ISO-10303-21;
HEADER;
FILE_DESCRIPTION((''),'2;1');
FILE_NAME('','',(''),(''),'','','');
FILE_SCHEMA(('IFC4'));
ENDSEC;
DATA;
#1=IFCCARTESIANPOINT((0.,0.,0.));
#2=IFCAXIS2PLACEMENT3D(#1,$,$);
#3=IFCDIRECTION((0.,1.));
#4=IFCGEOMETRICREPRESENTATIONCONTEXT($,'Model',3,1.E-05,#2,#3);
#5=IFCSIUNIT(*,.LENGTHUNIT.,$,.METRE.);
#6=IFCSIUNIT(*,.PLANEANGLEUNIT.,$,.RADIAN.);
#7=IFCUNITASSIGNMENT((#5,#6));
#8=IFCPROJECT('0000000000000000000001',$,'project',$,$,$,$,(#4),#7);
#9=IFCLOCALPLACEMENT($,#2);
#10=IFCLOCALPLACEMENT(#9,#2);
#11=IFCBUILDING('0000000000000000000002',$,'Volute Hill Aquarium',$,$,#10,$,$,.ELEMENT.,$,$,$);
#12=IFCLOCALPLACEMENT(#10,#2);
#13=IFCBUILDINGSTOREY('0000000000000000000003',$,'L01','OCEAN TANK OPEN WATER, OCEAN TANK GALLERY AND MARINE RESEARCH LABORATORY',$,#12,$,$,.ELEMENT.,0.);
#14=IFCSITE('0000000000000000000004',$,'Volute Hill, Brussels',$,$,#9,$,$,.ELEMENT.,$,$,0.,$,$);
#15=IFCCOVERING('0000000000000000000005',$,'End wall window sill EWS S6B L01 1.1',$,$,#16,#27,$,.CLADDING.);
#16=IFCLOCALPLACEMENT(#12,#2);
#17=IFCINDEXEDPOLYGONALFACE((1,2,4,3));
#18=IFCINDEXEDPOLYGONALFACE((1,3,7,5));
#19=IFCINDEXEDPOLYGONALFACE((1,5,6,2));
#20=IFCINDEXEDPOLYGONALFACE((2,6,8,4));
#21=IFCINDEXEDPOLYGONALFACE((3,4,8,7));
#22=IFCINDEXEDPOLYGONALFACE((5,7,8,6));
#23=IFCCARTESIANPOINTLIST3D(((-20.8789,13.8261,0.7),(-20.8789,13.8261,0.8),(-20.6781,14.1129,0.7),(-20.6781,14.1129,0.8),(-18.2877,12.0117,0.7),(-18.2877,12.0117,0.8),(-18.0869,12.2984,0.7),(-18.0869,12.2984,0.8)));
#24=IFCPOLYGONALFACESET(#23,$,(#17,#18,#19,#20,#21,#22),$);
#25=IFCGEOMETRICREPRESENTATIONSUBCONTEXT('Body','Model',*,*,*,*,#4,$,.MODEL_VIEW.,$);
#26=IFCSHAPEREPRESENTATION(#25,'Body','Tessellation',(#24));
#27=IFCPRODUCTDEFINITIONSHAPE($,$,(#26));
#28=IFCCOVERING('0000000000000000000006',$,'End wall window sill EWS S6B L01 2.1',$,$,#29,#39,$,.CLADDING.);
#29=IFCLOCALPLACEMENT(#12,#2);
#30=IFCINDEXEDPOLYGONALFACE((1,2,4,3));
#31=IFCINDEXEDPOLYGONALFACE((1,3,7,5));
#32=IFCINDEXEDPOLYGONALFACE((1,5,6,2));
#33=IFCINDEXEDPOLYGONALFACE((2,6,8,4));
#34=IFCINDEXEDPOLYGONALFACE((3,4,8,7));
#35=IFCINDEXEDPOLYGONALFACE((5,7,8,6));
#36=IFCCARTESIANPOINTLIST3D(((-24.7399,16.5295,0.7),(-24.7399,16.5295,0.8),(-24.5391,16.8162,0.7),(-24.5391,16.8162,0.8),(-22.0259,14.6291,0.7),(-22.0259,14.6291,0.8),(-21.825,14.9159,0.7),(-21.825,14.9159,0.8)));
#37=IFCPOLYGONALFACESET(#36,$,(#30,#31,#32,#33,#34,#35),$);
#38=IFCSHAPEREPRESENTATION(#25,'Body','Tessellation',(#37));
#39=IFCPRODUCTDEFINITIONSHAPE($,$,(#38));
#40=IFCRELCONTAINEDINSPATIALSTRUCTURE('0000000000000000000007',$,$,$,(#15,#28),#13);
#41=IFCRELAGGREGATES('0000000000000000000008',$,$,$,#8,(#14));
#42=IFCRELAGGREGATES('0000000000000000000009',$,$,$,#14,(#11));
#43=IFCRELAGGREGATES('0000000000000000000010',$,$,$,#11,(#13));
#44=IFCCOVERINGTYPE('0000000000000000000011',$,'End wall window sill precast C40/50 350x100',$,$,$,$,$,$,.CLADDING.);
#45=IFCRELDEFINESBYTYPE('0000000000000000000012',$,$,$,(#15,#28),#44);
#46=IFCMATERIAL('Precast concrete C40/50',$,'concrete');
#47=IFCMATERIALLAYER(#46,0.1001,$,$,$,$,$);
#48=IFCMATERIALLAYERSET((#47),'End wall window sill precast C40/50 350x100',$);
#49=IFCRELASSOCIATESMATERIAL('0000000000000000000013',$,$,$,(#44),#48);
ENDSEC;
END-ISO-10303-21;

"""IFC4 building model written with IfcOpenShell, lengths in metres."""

from ifc_helpers import new_model, si_unit, direction, frame, origin, origin_2d, place, context, subcontext, project, spatial, rectangle, extrude, material, layer, layer_set, type_object, element, save


model = new_model("IFC4")

# Units and contexts
model_context = context("Model", 3, precision=1e-05, world=origin(), true_north=direction((0.0, 1.0)))
body_context = subcontext(model_context, "Body", "Model", "MODEL_VIEW")
ifc_project = project(units=[si_unit("LENGTHUNIT", "METRE"), si_unit("PLANEANGLEUNIT", "RADIAN")], contexts=[model_context])

# Site, building, storey
site_placement = place(None, origin())
site = spatial("IfcSite", under=ifc_project, at=site_placement, Name="Volute Hill, Brussels", CompositionType="ELEMENT", RefElevation=0.0)
building_placement = place(site_placement, origin())
building = spatial("IfcBuilding", under=site, at=building_placement, Name="Volute Hill Aquarium", CompositionType="ELEMENT")
storey_placement = place(building_placement, origin())
storey = spatial("IfcBuildingStorey", under=building, at=storey_placement, Name="L01", Description="OCEAN TANK OPEN WATER, OCEAN TANK GALLERY AND MARINE RESEARCH LABORATORY", CompositionType="ELEMENT", Elevation=0.0)

# Coverings
ifc_material_1 = material(Name="Precast concrete C40/50", Category="concrete")
ifc_layer_1 = layer(ifc_material_1, 0.1001)
ifc_layer_set_1 = layer_set([ifc_layer_1], Name="End wall window sill precast C40/50 350x100")
covering_type_1 = type_object("IfcCoveringType", Name="End wall window sill precast C40/50 350x100", PredefinedType="CLADDING", material=ifc_layer_set_1)
covering_1_placement = place(storey_placement, frame((-19.4829, 13.0623, 0.7), z_axis=(0.0, 0.0, 1.0), x_axis=(-0.819151, 0.573577, 0.0)))
element("IfcCovering", 1, at=covering_1_placement, inside=storey, type_object=covering_type_1, Name="End wall window sill EWS S6B L01 1.1", PredefinedType="CLADDING", context=body_context, shape_type="SweptSolid", body=[
    extrude(rectangle(XDim=3.1633, YDim=0.3501, at=origin_2d()), origin(), (0.0, 0.0, 1.0), 0.1001),
])
covering_2_placement = place(storey_placement, frame((-23.2825, 15.7227, 0.7), z_axis=(0.0, 0.0, 1.0), x_axis=(-0.819151, 0.573577, 0.0)))
element("IfcCovering", 2, at=covering_2_placement, inside=storey, type_object=covering_type_1, Name="End wall window sill EWS S6B L01 2.1", PredefinedType="CLADDING", context=body_context, shape_type="SweptSolid", body=[
    extrude(rectangle(XDim=3.3132, YDim=0.3501, at=origin_2d()), origin(), (0.0, 0.0, 1.0), 0.1001),
])

save(model, "model.ifc")
